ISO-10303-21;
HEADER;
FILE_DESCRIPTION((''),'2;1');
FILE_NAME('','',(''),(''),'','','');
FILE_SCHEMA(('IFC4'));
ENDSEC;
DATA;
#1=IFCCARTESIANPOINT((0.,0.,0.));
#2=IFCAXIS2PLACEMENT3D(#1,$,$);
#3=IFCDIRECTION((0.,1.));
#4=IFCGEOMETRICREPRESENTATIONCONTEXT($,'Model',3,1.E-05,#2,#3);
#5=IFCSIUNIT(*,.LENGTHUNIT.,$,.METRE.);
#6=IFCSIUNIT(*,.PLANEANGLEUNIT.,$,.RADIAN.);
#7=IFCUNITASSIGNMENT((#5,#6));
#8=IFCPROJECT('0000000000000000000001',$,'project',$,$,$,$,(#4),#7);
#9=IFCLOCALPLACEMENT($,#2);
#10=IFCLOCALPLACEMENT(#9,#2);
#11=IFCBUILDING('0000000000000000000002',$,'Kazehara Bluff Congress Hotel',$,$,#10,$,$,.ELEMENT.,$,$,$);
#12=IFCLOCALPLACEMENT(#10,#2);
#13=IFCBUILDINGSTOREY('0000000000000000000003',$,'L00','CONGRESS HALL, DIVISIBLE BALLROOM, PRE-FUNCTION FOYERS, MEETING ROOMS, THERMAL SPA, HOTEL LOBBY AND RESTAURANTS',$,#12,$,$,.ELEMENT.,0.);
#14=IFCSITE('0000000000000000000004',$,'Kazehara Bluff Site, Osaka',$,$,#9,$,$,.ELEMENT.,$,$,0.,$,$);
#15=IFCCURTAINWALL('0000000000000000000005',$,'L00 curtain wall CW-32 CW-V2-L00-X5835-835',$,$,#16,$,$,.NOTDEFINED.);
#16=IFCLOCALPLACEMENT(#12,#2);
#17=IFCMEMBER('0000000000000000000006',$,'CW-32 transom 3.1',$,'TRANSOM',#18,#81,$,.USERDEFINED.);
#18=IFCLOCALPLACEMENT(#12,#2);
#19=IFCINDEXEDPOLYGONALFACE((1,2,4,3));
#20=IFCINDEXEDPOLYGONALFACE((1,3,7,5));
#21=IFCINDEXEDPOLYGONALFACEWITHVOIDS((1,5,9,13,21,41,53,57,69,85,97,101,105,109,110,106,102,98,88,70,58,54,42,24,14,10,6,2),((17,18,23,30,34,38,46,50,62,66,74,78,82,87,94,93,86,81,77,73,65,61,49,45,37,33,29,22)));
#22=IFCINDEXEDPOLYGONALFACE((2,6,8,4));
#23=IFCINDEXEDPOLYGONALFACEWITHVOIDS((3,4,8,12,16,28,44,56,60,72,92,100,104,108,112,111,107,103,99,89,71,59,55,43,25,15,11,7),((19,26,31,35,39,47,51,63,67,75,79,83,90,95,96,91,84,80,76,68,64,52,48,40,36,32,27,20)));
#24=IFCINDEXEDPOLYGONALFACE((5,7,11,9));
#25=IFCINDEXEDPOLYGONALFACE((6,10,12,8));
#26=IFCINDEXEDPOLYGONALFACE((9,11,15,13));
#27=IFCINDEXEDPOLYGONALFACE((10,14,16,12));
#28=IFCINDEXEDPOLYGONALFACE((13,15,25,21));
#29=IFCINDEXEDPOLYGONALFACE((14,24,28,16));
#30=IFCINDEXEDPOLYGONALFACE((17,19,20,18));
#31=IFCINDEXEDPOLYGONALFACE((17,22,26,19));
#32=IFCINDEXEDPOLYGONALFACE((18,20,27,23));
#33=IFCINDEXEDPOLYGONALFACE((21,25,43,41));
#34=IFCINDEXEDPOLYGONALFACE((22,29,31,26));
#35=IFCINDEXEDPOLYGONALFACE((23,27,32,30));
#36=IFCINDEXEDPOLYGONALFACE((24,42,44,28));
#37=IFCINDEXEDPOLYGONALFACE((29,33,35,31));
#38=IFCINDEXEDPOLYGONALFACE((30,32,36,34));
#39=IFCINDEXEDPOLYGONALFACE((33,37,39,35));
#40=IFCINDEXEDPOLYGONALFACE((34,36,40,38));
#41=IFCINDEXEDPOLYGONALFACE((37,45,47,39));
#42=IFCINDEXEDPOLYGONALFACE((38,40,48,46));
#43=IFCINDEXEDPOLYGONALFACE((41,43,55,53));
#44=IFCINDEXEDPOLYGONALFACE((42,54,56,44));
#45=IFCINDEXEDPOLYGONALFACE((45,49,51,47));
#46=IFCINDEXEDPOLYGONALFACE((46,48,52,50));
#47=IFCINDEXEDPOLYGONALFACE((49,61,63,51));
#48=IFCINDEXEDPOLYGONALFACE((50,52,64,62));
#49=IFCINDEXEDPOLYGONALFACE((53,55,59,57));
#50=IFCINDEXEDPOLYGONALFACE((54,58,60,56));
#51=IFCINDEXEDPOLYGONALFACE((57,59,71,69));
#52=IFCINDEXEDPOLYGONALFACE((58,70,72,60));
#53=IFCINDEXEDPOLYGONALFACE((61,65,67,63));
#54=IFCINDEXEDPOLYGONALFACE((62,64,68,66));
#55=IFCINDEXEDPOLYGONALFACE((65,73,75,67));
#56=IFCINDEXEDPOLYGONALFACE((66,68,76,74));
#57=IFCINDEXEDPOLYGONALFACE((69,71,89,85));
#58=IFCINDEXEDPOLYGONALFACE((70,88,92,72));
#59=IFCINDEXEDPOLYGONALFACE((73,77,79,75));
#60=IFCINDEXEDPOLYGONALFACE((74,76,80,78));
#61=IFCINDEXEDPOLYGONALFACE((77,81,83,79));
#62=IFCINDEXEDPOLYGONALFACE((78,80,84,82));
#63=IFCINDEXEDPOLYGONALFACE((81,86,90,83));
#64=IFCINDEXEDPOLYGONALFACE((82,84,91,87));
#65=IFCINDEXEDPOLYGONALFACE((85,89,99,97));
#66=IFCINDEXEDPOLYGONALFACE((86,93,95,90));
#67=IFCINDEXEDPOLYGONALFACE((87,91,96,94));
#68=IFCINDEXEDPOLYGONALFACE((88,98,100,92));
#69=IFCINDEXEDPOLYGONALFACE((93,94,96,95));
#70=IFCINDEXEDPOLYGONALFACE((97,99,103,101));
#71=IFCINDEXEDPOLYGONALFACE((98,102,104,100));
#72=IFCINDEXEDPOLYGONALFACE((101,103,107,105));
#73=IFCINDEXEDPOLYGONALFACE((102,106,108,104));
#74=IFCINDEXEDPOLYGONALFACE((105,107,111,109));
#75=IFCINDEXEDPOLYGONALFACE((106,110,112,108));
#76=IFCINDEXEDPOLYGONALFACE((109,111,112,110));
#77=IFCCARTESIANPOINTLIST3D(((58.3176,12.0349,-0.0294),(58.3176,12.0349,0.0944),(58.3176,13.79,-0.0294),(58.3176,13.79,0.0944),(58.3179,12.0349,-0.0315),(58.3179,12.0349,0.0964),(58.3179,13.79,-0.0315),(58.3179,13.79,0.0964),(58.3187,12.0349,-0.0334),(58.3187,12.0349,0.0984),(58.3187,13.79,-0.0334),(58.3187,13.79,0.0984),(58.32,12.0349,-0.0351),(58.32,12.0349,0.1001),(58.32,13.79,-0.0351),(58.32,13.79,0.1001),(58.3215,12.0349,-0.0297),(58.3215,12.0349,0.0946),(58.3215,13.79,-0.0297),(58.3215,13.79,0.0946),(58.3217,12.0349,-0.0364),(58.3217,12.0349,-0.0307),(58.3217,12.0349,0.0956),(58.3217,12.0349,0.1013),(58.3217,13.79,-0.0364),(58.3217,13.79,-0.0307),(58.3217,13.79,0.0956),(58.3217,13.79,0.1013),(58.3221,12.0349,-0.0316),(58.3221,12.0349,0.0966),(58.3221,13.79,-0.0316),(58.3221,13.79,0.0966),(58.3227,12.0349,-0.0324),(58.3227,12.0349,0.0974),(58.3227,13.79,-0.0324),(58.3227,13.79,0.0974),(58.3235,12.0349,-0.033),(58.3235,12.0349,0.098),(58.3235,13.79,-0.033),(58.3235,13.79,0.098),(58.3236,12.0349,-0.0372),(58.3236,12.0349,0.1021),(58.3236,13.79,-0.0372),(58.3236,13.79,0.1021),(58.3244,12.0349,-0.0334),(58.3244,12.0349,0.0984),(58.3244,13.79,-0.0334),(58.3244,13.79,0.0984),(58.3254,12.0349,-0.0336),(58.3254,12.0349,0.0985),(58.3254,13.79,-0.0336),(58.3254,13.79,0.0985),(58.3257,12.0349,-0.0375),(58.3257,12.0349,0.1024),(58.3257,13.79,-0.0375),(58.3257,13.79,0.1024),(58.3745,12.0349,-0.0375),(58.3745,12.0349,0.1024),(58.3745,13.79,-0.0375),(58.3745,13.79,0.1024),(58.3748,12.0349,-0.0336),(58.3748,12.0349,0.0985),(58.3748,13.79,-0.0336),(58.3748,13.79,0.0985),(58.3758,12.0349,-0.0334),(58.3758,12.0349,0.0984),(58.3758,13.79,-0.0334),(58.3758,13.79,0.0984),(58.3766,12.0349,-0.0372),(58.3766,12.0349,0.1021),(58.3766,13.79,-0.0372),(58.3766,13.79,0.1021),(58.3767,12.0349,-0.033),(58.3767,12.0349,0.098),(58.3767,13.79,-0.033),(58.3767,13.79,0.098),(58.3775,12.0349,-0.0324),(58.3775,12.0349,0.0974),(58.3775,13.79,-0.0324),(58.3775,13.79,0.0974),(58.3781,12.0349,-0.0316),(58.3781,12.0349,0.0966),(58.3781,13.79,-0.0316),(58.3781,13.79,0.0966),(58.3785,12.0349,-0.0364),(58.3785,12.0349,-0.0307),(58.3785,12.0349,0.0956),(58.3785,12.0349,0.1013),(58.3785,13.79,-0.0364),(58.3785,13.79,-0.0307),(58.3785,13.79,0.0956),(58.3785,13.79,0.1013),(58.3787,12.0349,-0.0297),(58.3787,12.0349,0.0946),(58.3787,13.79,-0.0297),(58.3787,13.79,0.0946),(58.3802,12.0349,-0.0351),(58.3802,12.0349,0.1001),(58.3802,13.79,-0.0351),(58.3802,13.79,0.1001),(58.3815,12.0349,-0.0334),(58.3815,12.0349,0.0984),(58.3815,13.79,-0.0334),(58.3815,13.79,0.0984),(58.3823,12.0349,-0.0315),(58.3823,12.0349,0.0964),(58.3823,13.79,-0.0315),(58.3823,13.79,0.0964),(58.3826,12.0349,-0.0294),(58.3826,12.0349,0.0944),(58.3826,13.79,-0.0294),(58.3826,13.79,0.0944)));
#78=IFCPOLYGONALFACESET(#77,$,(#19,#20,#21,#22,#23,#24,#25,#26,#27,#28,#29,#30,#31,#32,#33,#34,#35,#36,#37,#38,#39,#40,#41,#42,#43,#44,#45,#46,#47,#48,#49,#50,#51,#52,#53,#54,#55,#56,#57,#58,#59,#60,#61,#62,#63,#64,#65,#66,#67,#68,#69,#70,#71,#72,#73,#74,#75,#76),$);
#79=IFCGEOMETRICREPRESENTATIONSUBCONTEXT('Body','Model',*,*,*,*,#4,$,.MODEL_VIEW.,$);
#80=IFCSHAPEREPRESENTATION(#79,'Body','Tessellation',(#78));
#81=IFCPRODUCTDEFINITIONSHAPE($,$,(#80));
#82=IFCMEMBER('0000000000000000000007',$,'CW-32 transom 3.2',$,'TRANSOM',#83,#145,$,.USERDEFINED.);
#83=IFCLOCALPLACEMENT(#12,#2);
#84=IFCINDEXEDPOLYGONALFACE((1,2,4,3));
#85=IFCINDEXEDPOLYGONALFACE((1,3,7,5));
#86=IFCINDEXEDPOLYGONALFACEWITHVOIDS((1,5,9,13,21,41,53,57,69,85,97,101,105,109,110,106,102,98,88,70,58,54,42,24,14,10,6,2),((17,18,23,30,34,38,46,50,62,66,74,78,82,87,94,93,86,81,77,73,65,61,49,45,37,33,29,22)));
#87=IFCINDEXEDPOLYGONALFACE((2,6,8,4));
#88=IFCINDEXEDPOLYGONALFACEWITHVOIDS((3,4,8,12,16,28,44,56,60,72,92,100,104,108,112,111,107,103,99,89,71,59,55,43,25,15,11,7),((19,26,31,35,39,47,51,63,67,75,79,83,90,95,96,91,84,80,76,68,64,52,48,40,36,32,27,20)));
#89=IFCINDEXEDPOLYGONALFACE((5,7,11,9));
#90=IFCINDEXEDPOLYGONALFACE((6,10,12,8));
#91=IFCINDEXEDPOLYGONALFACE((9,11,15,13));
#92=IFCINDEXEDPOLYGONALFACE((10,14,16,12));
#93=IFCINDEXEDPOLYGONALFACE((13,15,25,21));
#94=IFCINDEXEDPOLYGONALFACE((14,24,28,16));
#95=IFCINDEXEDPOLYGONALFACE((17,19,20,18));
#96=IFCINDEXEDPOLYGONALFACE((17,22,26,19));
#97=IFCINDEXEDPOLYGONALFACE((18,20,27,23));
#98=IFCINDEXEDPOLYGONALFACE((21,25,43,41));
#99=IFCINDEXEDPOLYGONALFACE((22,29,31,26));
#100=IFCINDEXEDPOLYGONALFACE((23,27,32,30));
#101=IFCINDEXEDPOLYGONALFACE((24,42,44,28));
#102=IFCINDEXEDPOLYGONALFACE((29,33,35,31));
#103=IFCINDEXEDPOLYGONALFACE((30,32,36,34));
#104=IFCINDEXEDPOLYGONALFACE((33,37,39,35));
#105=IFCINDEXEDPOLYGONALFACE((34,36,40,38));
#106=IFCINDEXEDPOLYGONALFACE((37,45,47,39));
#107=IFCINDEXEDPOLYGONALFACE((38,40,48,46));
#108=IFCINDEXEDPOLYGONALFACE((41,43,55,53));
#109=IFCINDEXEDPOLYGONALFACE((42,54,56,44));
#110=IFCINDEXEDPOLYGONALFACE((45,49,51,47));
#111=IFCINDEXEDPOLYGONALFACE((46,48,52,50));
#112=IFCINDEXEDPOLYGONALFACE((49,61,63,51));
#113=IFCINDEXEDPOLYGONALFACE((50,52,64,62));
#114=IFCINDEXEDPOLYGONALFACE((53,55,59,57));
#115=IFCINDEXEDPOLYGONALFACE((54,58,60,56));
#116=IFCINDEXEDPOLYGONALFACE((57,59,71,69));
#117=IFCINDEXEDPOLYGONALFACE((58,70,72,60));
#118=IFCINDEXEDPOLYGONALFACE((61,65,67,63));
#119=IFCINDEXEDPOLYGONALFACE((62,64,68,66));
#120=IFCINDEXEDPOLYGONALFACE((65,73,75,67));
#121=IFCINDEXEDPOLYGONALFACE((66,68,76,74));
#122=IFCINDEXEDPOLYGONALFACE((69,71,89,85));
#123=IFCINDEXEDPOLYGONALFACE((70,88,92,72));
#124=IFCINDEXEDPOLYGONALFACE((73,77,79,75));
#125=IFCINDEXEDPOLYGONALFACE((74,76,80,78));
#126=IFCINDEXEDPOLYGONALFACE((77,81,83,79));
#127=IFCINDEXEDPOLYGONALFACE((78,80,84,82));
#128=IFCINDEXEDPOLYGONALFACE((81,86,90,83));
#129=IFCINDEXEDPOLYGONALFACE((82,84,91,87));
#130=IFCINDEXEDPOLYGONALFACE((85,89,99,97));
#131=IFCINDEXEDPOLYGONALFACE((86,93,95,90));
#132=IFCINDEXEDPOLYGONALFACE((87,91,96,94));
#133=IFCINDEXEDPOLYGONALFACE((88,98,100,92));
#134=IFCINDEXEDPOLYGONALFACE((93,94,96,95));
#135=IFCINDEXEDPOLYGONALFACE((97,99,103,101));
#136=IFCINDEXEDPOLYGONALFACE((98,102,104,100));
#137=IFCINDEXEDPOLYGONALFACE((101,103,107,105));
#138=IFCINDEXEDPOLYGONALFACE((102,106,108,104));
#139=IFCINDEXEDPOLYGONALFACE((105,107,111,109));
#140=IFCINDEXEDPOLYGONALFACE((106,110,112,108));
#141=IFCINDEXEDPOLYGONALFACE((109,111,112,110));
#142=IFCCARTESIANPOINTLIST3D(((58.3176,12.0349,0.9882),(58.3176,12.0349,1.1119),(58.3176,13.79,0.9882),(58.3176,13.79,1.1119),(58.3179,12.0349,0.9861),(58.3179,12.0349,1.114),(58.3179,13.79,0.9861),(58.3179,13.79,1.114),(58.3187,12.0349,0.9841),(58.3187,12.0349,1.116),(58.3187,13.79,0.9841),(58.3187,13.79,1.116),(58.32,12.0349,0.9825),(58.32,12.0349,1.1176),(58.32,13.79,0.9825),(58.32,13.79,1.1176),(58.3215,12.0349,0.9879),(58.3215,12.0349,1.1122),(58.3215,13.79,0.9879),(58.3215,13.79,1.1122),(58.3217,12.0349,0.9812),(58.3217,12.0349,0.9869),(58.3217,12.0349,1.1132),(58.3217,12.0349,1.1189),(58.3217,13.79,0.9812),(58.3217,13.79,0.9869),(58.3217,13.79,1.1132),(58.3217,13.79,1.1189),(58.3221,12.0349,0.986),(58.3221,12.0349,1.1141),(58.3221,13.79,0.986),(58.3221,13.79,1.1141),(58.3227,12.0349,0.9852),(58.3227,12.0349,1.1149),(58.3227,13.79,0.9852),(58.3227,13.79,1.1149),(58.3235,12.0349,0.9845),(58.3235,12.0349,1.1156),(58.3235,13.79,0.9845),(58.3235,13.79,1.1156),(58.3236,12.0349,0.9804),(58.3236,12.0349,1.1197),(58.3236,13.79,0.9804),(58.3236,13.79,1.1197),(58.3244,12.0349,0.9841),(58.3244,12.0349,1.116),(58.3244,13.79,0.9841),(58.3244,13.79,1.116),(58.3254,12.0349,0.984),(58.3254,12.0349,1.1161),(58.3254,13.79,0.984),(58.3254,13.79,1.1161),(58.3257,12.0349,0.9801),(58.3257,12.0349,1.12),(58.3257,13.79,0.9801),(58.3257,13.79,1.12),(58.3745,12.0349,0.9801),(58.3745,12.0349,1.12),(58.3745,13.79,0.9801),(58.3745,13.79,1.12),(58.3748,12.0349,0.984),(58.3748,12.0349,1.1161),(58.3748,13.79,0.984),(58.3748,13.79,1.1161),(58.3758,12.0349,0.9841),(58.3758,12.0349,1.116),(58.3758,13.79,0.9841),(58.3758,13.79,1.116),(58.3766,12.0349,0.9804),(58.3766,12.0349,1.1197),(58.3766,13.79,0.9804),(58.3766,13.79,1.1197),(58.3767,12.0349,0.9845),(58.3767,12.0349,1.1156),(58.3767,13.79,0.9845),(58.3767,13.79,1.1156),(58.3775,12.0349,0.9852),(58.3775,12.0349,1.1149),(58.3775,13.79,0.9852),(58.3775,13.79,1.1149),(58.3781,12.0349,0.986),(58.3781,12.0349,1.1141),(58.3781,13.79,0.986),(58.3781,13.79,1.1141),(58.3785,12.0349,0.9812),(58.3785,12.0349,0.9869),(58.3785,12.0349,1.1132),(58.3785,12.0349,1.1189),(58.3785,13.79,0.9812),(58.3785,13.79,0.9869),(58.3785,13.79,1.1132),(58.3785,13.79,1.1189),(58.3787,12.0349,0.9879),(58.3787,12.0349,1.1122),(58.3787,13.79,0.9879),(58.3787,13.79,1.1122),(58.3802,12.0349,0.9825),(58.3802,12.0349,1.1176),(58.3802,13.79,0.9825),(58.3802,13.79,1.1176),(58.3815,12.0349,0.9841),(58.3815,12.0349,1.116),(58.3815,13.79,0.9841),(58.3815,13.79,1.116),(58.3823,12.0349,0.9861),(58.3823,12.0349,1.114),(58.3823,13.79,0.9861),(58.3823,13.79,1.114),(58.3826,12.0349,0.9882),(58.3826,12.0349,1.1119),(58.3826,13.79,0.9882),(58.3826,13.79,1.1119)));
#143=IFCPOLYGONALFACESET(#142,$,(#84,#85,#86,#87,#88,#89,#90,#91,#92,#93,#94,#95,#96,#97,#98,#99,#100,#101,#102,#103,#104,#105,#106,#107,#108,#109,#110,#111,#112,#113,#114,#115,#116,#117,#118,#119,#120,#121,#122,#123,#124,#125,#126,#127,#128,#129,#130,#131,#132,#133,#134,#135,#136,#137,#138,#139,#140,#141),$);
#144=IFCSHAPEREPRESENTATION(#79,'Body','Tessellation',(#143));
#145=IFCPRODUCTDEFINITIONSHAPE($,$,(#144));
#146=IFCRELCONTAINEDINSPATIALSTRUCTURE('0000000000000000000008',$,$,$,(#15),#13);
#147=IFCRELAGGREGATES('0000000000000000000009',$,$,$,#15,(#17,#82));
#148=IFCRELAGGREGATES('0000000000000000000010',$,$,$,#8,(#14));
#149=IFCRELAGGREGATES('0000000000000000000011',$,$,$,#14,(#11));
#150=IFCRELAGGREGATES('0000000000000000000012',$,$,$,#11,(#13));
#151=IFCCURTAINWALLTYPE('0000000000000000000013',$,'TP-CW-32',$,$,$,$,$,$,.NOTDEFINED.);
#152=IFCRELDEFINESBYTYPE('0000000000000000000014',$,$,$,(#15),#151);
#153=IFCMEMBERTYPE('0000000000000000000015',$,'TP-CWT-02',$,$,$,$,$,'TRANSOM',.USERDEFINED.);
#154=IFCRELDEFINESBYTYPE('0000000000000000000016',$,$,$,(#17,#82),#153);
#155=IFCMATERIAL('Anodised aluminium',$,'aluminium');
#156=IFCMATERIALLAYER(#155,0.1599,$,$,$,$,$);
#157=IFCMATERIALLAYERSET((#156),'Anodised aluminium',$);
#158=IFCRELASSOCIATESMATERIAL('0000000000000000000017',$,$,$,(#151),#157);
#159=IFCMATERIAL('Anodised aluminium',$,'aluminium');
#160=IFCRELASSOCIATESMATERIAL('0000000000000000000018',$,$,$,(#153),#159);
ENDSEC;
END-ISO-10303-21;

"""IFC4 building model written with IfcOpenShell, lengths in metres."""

from ifc_helpers import new_model, si_unit, direction, frame, origin, origin_2d, place, context, subcontext, project, spatial, hollow_rectangle, extrude, material, layer, layer_set, material_profile, profile_set, type_object, element, aggregate, save


model = new_model("IFC4")

# Units and contexts
model_context = context("Model", 3, precision=1e-05, world=origin(), true_north=direction((0.0, 1.0)))
body_context = subcontext(model_context, "Body", "Model", "MODEL_VIEW")
ifc_project = project(units=[si_unit("LENGTHUNIT", "METRE"), si_unit("PLANEANGLEUNIT", "RADIAN")], contexts=[model_context])

# Site, building, storey
site_placement = place(None, origin())
site = spatial("IfcSite", under=ifc_project, at=site_placement, Name="Kazehara Bluff Site, Osaka", CompositionType="ELEMENT", RefElevation=0.0)
building_placement = place(site_placement, origin())
building = spatial("IfcBuilding", under=site, at=building_placement, Name="Kazehara Bluff Congress Hotel", CompositionType="ELEMENT")
storey_placement = place(building_placement, origin())
storey = spatial("IfcBuildingStorey", under=building, at=storey_placement, Name="L00", Description="CONGRESS HALL, DIVISIBLE BALLROOM, PRE-FUNCTION FOYERS, MEETING ROOMS, THERMAL SPA, HOTEL LOBBY AND RESTAURANTS", CompositionType="ELEMENT", Elevation=0.0)

# Curtain wall
ifc_material_1 = material(Name="Anodised aluminium", Category="aluminium")
ifc_layer_1 = layer(ifc_material_1, 0.1599)
ifc_layer_set_1 = layer_set([ifc_layer_1], Name="Anodised aluminium")
curtain_wall_type = type_object("IfcCurtainWallType", Name="TP-CW-32", PredefinedType="NOTDEFINED", material=ifc_layer_set_1)
curtain_wall_1_placement = place(storey_placement, origin())
curtain_wall_1 = element("IfcCurtainWall", 1, at=curtain_wall_1_placement, inside=storey, type_object=curtain_wall_type, Name="L00 curtain wall CW-32 CW-V2-L00-X5835-835", PredefinedType="NOTDEFINED")

# Members
ifc_material_2 = material(Name="Anodised aluminium", Category="aluminium")
ifc_material_profile_1 = material_profile(ifc_material_2, hollow_rectangle(XDim=0.0649, YDim=0.1399, WallThickness=0.0039, InnerFilletRadius=0.0039, OuterFilletRadius=0.0081, at=origin_2d()))
ifc_profile_set_1 = profile_set([ifc_material_profile_1], Name="Anodised aluminium")
member_type_1 = type_object("IfcMemberType", Name="TP-CWT-02", ElementType="TRANSOM", PredefinedType="USERDEFINED", material=ifc_profile_set_1)
member_1_placement = place(storey_placement, frame((58.3501, 12.0349, 0.0325), z_axis=(0.0, 1.0, 0.0), x_axis=(-1.0, 0.0, 0.0)))
member_1 = element("IfcMember", 2, at=member_1_placement, type_object=member_type_1, Name="CW-32 transom 3.1", ObjectType="TRANSOM", PredefinedType="USERDEFINED", context=body_context, shape_type="SweptSolid", body=[
    extrude(hollow_rectangle(XDim=0.0649, YDim=0.1399, WallThickness=0.0039, InnerFilletRadius=0.0039, OuterFilletRadius=0.0081, at=origin_2d()), origin(), (0.0, 0.0, 1.0), 1.7551),
])
member_2_placement = place(storey_placement, frame((58.3501, 12.0349, 1.05), z_axis=(0.0, 1.0, 0.0), x_axis=(-1.0, 0.0, 0.0)))
member_2 = element("IfcMember", 3, at=member_2_placement, type_object=member_type_1, Name="CW-32 transom 3.2", ObjectType="TRANSOM", PredefinedType="USERDEFINED", context=body_context, shape_type="SweptSolid", body=[
    extrude(hollow_rectangle(XDim=0.0649, YDim=0.1399, WallThickness=0.0039, InnerFilletRadius=0.0039, OuterFilletRadius=0.0081, at=origin_2d()), origin(), (0.0, 0.0, 1.0), 1.7551),
])

aggregate(curtain_wall_1, [member_1, member_2])

save(model, "model.ifc")
